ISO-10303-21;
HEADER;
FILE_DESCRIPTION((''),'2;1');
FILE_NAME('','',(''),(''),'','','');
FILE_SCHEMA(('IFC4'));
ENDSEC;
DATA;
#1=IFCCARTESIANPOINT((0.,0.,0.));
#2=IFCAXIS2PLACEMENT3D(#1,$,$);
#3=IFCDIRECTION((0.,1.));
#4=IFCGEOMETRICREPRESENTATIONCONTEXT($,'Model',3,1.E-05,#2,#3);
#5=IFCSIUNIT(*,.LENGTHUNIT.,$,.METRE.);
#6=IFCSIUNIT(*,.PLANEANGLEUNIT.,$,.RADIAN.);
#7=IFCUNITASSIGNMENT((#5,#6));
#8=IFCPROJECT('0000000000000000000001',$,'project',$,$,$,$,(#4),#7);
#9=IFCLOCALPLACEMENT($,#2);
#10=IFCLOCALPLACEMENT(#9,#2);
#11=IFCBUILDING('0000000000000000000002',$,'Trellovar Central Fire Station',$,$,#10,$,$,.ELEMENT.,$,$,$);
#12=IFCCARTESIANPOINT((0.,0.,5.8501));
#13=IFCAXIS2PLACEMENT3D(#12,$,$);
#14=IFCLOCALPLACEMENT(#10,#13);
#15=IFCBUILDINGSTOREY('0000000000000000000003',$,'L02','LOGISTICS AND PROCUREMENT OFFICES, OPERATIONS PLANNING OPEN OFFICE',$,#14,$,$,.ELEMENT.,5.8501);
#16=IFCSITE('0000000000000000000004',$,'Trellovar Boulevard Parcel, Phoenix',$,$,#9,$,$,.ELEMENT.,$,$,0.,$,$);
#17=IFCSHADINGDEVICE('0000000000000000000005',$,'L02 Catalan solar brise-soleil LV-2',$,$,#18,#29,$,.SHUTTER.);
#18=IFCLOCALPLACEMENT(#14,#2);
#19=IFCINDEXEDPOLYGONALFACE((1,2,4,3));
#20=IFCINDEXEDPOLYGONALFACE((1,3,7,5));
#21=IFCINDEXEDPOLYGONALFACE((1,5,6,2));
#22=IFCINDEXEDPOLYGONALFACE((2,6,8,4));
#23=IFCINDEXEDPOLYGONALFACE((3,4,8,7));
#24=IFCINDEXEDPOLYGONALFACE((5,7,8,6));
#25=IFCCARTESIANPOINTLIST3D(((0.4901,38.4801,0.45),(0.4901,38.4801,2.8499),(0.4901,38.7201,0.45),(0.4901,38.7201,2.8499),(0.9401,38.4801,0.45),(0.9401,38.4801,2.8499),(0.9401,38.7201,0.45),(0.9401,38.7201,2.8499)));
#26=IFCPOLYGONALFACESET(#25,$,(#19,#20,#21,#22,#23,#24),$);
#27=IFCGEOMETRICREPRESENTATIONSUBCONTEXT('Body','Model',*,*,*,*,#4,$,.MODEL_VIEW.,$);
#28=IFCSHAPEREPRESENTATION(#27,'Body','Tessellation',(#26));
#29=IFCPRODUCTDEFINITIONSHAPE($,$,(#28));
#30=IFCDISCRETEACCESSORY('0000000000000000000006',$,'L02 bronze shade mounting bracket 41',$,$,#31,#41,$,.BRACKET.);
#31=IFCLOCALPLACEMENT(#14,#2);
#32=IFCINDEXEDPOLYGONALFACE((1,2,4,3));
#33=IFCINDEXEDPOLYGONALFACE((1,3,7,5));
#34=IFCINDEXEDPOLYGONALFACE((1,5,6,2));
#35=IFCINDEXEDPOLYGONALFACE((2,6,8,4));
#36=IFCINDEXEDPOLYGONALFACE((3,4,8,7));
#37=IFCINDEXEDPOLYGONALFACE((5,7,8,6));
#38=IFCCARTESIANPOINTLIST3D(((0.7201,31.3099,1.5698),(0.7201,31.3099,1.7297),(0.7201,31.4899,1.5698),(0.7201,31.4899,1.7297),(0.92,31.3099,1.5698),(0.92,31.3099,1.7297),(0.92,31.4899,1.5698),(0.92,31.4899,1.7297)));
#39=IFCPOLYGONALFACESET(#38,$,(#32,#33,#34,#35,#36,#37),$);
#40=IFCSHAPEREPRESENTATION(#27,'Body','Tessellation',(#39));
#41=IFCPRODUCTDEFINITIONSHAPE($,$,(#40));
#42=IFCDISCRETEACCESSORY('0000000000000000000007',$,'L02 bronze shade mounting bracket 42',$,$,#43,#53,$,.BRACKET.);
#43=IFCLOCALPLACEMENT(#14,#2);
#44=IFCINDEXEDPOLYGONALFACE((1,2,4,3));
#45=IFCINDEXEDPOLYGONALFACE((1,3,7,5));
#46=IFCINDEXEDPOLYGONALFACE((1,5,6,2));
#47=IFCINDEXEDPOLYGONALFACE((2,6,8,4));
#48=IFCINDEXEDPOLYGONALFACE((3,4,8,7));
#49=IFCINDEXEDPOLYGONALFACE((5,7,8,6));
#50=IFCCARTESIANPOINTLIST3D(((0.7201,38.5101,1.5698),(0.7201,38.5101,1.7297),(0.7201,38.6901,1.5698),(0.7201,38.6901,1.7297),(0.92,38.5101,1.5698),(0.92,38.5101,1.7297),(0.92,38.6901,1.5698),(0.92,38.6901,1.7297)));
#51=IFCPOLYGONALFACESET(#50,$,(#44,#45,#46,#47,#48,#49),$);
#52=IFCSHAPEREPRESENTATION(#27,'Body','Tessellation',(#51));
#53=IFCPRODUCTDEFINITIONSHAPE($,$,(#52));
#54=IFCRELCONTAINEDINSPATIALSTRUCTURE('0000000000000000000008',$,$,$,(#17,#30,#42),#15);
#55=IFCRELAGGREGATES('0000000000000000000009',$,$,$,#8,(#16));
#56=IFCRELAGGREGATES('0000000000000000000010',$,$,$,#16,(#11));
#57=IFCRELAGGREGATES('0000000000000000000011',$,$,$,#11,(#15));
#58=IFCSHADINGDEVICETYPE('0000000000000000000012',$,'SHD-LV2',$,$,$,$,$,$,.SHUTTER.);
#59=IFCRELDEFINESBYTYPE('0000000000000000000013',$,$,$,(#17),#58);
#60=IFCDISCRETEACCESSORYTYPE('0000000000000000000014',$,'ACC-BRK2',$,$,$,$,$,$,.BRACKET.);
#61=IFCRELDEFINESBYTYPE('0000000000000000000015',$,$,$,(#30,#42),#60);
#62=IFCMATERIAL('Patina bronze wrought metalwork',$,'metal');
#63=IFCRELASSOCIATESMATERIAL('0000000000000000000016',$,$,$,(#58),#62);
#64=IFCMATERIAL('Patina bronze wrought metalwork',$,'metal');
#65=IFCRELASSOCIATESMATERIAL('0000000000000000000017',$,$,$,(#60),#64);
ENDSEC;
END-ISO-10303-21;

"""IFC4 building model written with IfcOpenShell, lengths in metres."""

from ifc_helpers import new_model, si_unit, direction, frame, origin, origin_2d, place, context, subcontext, project, spatial, rectangle, extrude, material, type_object, element, save


model = new_model("IFC4")

# Units and contexts
model_context = context("Model", 3, precision=1e-05, world=origin(), true_north=direction((0.0, 1.0)))
body_context = subcontext(model_context, "Body", "Model", "MODEL_VIEW")
ifc_project = project(units=[si_unit("LENGTHUNIT", "METRE"), si_unit("PLANEANGLEUNIT", "RADIAN")], contexts=[model_context])

# Site, building, storey
site_placement = place(None, origin())
site = spatial("IfcSite", under=ifc_project, at=site_placement, Name="Trellovar Boulevard Parcel, Phoenix", CompositionType="ELEMENT", RefElevation=0.0)
building_placement = place(site_placement, origin())
building = spatial("IfcBuilding", under=site, at=building_placement, Name="Trellovar Central Fire Station", CompositionType="ELEMENT")
storey_placement = place(building_placement, frame((0.0, 0.0, 5.8501)))
storey = spatial("IfcBuildingStorey", under=building, at=storey_placement, Name="L02", Description="LOGISTICS AND PROCUREMENT OFFICES, OPERATIONS PLANNING OPEN OFFICE", CompositionType="ELEMENT", Elevation=5.8501)

# Shading device
ifc_material_1 = material(Name="Patina bronze wrought metalwork", Category="metal")
shading_device_type = type_object("IfcShadingDeviceType", Name="SHD-LV2", PredefinedType="SHUTTER", material=ifc_material_1)
for number, where, z_axis, x_axis, name in (
    (1, (0.7151, 38.6001, 0.45), (0.0, 0.0, 1.0), (1.0, 0.0, 0.0), "L02 Catalan solar brise-soleil LV-2"),
):
    element("IfcShadingDevice", number, at=place(storey_placement, frame(where, z_axis=z_axis, x_axis=x_axis)), inside=storey, type_object=shading_device_type, Name=name, PredefinedType="SHUTTER", context=body_context, shape_type="SweptSolid", body=[
        extrude(rectangle(XDim=0.45, YDim=0.24, at=origin_2d()), origin(), (0.0, 0.0, 1.0), 2.3999),
    ])

# Discrete accessories
ifc_material_2 = material(Name="Patina bronze wrought metalwork", Category="metal")
discrete_accessory_type = type_object("IfcDiscreteAccessoryType", Name="ACC-BRK2", PredefinedType="BRACKET", material=ifc_material_2)
for number, where, z_axis, x_axis, name in (
    (2, (0.8201, 31.3999, 1.5698), (0.0, 0.0, 1.0), (1.0, 0.0, 0.0), "L02 bronze shade mounting bracket 41"),
    (3, (0.8201, 38.6001, 1.5698), (0.0, 0.0, 1.0), (1.0, 0.0, 0.0), "L02 bronze shade mounting bracket 42"),
):
    element("IfcDiscreteAccessory", number, at=place(storey_placement, frame(where, z_axis=z_axis, x_axis=x_axis)), inside=storey, type_object=discrete_accessory_type, Name=name, PredefinedType="BRACKET", context=body_context, shape_type="SweptSolid", body=[
        extrude(rectangle(XDim=0.2, YDim=0.1799, at=origin_2d()), origin(), (0.0, 0.0, 1.0), 0.1599),
    ])

save(model, "model.ifc")
